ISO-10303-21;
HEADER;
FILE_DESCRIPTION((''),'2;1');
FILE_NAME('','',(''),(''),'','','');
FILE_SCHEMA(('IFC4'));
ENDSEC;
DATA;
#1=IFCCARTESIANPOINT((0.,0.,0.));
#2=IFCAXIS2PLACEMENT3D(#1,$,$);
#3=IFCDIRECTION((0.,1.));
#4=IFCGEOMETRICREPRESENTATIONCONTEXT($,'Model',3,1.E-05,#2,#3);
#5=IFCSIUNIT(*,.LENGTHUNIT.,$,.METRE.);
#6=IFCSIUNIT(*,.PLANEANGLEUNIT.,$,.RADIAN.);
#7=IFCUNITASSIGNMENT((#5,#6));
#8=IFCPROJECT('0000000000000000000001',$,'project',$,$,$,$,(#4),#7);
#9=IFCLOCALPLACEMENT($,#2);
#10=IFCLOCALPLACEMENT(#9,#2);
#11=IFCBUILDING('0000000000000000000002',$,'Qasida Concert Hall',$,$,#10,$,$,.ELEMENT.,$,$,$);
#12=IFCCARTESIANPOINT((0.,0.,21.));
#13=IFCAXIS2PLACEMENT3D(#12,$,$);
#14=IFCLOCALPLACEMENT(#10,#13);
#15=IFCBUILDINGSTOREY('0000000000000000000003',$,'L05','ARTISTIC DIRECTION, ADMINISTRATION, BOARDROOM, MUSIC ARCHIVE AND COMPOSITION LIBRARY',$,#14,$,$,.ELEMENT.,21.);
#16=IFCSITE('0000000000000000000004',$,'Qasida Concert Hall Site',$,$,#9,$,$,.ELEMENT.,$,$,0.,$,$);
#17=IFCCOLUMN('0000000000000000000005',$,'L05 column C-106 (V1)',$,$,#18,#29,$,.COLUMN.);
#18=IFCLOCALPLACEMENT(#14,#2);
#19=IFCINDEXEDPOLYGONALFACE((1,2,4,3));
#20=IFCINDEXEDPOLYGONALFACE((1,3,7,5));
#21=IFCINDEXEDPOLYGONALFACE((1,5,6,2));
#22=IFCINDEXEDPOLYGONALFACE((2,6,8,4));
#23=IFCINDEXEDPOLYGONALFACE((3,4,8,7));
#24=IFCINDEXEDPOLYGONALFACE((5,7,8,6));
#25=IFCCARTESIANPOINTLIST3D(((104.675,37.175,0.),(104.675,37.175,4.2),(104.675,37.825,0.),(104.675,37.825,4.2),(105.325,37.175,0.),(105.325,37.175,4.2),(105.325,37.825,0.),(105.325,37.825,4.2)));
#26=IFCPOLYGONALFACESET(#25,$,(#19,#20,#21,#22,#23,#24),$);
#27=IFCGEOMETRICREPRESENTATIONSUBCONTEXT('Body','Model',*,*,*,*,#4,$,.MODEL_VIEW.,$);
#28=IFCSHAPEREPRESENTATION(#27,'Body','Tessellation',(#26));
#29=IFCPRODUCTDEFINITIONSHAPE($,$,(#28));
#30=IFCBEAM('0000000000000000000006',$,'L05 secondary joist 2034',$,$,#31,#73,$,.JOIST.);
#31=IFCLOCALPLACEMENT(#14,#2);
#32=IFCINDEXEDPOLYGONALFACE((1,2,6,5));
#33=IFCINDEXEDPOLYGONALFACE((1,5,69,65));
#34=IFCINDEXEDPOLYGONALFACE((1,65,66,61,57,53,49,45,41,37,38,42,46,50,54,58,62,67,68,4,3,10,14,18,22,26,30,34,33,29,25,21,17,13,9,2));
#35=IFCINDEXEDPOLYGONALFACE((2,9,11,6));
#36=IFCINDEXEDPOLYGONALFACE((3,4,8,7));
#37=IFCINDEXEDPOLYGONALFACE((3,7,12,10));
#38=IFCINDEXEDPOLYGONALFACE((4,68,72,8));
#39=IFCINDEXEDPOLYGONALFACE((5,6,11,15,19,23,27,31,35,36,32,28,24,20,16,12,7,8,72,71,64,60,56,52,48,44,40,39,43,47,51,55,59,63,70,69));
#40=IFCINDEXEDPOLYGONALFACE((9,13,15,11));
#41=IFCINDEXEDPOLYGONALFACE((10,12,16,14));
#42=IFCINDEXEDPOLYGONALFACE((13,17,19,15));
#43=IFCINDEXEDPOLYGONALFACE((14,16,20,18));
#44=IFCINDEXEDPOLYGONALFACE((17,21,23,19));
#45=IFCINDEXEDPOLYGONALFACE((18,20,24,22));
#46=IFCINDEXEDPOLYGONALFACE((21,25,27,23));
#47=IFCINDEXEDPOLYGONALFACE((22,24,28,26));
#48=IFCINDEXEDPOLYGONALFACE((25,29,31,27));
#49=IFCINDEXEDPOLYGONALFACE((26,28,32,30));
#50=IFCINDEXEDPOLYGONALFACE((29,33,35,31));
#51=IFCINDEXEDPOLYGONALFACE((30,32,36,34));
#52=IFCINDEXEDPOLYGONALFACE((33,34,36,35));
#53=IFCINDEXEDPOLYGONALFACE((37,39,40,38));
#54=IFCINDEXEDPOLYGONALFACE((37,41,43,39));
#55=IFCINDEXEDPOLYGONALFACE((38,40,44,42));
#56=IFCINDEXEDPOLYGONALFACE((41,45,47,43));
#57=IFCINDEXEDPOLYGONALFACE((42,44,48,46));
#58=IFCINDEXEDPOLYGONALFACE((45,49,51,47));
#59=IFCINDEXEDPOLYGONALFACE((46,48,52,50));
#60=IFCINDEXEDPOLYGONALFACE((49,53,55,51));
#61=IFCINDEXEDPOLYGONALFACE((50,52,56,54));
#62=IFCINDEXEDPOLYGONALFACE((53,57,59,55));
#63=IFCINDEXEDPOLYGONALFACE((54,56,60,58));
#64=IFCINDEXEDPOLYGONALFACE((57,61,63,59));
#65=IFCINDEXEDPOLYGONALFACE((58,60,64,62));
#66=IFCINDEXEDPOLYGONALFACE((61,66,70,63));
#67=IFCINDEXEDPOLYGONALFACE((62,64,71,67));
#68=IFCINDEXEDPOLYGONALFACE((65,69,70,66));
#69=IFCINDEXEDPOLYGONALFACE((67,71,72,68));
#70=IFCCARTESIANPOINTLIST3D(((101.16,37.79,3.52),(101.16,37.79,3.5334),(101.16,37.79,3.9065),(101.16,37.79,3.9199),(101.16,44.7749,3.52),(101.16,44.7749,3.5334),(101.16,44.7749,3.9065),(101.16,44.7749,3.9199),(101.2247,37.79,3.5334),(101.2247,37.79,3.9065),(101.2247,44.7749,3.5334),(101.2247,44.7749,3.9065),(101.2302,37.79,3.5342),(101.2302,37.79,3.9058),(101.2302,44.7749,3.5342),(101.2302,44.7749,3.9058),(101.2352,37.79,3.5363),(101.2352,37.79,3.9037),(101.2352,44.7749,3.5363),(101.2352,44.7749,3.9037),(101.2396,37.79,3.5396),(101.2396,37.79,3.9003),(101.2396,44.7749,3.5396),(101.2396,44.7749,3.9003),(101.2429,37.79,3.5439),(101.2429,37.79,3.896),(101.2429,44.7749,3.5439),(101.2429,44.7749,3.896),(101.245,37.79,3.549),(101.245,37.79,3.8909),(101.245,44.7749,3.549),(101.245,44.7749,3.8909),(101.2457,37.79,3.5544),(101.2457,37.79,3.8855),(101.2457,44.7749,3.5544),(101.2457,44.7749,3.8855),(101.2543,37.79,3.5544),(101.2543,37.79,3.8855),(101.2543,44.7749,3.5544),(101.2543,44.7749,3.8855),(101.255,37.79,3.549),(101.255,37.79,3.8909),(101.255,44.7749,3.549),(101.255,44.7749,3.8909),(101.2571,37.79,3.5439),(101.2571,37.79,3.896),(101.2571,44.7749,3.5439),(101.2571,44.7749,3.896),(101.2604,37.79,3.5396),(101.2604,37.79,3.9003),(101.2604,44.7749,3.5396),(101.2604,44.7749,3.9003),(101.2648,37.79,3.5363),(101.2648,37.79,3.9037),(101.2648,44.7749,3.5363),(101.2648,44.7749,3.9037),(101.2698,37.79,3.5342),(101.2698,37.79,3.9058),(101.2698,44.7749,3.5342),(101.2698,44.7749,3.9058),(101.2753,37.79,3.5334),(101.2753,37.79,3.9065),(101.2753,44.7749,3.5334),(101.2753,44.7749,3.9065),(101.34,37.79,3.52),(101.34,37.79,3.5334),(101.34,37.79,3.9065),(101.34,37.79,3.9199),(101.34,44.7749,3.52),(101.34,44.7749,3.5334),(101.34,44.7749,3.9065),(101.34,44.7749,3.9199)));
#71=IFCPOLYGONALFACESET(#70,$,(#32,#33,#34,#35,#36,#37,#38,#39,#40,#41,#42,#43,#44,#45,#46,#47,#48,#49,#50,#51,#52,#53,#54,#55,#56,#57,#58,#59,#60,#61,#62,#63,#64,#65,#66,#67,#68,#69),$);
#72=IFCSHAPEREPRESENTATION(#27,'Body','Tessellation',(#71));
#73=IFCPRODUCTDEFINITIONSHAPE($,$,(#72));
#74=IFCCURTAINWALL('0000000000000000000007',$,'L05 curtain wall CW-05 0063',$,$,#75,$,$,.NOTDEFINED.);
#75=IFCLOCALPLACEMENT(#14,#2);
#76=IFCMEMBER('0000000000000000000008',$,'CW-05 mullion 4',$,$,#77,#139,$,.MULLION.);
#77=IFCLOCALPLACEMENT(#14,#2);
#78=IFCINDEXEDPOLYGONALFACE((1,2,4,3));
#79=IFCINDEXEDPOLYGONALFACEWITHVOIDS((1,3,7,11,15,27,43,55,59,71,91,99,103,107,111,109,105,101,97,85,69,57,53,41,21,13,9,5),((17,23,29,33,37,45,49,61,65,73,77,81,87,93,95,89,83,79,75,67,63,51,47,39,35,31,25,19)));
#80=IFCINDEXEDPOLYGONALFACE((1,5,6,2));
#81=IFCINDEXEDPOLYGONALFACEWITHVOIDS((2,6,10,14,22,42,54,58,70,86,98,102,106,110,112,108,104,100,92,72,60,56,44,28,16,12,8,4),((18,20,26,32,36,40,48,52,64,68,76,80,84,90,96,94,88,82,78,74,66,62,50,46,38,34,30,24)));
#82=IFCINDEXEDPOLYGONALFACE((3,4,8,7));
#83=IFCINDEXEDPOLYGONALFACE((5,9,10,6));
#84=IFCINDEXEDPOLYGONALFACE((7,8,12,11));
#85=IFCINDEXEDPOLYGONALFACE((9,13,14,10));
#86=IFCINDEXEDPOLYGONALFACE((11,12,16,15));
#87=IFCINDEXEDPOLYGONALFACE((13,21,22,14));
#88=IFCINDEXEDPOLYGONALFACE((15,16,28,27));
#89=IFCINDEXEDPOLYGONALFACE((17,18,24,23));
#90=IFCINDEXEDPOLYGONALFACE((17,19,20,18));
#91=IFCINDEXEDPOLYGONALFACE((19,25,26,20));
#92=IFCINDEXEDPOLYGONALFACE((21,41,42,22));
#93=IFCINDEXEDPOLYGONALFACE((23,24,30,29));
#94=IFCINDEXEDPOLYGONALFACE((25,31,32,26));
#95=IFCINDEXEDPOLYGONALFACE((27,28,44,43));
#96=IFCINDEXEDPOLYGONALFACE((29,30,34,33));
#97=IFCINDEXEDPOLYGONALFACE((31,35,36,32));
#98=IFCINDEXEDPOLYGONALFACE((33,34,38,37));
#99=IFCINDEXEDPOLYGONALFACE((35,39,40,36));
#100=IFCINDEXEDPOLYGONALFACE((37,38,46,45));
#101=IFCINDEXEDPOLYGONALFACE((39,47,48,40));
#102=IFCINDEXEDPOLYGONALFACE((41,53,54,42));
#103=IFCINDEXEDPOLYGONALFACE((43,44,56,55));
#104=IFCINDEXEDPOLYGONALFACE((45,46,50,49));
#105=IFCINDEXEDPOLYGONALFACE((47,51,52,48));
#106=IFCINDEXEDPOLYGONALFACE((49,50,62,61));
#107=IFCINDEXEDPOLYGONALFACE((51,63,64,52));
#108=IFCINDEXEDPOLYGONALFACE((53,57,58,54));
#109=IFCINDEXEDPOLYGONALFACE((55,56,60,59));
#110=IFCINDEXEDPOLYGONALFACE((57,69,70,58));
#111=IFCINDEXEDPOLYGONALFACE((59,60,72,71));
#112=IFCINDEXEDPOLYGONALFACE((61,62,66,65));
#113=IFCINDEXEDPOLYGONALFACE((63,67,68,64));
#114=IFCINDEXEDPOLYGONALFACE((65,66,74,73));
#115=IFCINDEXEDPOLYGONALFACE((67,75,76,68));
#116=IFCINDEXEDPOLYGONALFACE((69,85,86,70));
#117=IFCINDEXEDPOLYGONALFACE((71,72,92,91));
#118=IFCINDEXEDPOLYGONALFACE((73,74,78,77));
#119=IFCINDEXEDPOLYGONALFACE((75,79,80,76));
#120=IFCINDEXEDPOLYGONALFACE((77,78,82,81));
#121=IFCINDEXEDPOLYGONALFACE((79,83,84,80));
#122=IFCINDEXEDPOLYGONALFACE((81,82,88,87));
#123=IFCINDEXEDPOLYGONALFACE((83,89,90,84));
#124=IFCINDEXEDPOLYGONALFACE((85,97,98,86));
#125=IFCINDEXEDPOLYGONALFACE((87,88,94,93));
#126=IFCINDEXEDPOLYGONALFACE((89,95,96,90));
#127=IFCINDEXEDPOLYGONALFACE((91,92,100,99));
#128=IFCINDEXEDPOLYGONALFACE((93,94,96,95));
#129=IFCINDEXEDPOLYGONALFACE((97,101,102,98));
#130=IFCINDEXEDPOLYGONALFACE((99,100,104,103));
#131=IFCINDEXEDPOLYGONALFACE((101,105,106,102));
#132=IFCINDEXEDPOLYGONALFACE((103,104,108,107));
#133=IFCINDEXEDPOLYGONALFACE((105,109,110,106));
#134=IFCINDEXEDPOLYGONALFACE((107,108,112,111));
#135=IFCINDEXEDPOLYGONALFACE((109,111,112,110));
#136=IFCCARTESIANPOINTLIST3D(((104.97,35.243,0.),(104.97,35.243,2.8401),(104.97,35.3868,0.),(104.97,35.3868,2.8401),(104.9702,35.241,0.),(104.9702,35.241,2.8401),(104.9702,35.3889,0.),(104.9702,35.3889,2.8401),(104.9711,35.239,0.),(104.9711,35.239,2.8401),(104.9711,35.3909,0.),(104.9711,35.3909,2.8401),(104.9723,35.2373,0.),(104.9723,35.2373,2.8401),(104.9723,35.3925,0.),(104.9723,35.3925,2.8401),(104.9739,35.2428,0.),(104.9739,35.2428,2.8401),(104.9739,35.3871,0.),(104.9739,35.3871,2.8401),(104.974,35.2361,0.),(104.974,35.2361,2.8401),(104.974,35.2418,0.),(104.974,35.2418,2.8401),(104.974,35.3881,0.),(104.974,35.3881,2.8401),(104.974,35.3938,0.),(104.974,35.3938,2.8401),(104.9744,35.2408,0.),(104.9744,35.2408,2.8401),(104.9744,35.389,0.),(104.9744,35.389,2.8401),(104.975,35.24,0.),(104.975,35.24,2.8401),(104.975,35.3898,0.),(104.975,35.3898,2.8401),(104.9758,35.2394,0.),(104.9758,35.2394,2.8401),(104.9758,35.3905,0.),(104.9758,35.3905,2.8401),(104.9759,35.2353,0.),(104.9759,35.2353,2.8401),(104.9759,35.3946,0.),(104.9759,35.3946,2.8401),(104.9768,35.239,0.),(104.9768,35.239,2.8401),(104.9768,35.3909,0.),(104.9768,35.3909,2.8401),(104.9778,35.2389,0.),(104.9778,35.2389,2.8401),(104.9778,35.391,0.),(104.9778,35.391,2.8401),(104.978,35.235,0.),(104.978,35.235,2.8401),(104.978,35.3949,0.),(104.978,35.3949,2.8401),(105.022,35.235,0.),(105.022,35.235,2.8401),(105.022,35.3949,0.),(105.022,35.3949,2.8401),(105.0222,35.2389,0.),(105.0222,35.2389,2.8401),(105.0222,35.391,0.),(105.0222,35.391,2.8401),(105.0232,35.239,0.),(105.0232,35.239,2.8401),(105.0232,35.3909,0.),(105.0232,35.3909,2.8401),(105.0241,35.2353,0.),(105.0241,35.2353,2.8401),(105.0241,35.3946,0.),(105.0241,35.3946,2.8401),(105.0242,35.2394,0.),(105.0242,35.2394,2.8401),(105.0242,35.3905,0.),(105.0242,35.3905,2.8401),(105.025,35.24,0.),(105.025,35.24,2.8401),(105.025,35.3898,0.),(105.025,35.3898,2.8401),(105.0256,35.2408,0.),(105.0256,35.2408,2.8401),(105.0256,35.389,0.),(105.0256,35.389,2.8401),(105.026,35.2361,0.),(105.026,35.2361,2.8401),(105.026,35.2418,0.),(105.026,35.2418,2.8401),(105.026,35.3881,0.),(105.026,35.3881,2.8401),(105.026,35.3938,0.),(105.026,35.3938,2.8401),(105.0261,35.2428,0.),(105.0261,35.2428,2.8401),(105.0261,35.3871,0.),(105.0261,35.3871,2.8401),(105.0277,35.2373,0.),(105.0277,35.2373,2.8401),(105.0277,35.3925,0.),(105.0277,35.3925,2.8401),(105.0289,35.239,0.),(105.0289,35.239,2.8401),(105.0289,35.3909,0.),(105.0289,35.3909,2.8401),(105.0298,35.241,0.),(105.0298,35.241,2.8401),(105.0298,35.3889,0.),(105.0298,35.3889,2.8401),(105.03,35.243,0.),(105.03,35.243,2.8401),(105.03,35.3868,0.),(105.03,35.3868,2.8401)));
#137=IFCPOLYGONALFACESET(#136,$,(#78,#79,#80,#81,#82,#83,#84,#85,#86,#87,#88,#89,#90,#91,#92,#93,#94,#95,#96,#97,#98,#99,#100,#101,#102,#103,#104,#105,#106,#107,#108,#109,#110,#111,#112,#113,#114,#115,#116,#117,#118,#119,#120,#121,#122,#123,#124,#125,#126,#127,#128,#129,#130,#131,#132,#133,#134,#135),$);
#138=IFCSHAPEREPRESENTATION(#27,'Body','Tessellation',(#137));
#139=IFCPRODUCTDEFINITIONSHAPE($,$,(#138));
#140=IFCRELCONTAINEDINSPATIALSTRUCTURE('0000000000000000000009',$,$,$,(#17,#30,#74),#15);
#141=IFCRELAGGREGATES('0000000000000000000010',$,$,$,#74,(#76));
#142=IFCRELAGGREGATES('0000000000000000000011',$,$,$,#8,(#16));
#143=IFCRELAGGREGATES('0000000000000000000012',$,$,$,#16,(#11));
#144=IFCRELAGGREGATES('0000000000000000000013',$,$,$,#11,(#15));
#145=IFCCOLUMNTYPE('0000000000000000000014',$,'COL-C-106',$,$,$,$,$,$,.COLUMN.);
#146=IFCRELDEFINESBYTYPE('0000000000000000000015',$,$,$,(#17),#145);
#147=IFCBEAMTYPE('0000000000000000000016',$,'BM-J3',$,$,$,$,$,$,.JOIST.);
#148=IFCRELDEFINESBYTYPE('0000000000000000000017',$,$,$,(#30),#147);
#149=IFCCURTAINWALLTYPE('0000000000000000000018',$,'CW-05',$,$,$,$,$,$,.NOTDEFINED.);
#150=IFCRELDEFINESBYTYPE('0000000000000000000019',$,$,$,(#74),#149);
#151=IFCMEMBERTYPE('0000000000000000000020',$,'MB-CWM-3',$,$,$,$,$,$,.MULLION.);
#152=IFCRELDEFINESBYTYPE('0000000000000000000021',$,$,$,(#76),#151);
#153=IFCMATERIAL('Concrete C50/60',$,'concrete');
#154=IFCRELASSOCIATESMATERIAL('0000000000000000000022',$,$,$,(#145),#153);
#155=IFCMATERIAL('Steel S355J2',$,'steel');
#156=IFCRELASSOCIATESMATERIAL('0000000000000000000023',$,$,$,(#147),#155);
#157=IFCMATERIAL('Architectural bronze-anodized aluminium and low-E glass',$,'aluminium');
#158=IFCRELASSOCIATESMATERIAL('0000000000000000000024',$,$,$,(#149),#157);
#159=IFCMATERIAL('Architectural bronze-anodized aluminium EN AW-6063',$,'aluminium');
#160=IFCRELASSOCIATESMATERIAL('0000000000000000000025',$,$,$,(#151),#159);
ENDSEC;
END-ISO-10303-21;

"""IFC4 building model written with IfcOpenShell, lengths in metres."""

from ifc_helpers import new_model, si_unit, direction, frame, origin, origin_2d, place, context, subcontext, project, spatial, rectangle, hollow_rectangle, i_section, extrude, material, material_profile, profile_set, type_object, element, aggregate, save


model = new_model("IFC4")

# Units and contexts
model_context = context("Model", 3, precision=1e-05, world=origin(), true_north=direction((0.0, 1.0)))
body_context = subcontext(model_context, "Body", "Model", "MODEL_VIEW")
ifc_project = project(units=[si_unit("LENGTHUNIT", "METRE"), si_unit("PLANEANGLEUNIT", "RADIAN")], contexts=[model_context])

# Site, building, storey
site_placement = place(None, origin())
site = spatial("IfcSite", under=ifc_project, at=site_placement, Name="Qasida Concert Hall Site", CompositionType="ELEMENT", RefElevation=0.0)
building_placement = place(site_placement, origin())
building = spatial("IfcBuilding", under=site, at=building_placement, Name="Qasida Concert Hall", CompositionType="ELEMENT")
storey_placement = place(building_placement, frame((0.0, 0.0, 21.0)))
storey = spatial("IfcBuildingStorey", under=building, at=storey_placement, Name="L05", Description="ARTISTIC DIRECTION, ADMINISTRATION, BOARDROOM, MUSIC ARCHIVE AND COMPOSITION LIBRARY", CompositionType="ELEMENT", Elevation=21.0)

# Column
ifc_material_1 = material(Name="Concrete C50/60", Category="concrete")
ifc_material_profile_1 = material_profile(ifc_material_1, rectangle(XDim=0.6499, YDim=0.6499, at=origin_2d()), Name="RC 650x650")
ifc_profile_set_1 = profile_set([ifc_material_profile_1], Name="Concrete C50/60")
column_type = type_object("IfcColumnType", Name="COL-C-106", PredefinedType="COLUMN", material=ifc_profile_set_1)
column_placement = place(storey_placement, frame((105.0, 37.5, 0.0), z_axis=(0.0, 0.0, 1.0), x_axis=(1.0, 0.0, 0.0)))
element("IfcColumn", 1, at=column_placement, inside=storey, type_object=column_type, Name="L05 column C-106 (V1)", PredefinedType="COLUMN", context=body_context, shape_type="SweptSolid", body=[
    extrude(rectangle(XDim=0.6499, YDim=0.6499, at=origin_2d()), origin(), (0.0, 0.0, 1.0), 4.2),
])

# Beam
ifc_material_2 = material(Name="Steel S355J2", Category="steel")
ifc_material_profile_2 = material_profile(ifc_material_2, i_section(OverallWidth=0.1799, OverallDepth=0.3999, WebThickness=0.0085, FlangeThickness=0.0134, FilletRadius=0.021, at=origin_2d()), Name="IPE 400")
ifc_profile_set_2 = profile_set([ifc_material_profile_2], Name="Steel S355J2")
beam_type = type_object("IfcBeamType", Name="BM-J3", PredefinedType="JOIST", material=ifc_profile_set_2)
beam_placement = place(storey_placement, frame((101.25, 37.79, 3.72), z_axis=(0.0, 1.0, 0.0), x_axis=(-1.0, 0.0, 0.0)))
element("IfcBeam", 2, at=beam_placement, inside=storey, type_object=beam_type, Name="L05 secondary joist 2034", PredefinedType="JOIST", context=body_context, shape_type="SweptSolid", body=[
    extrude(i_section(OverallWidth=0.1799, OverallDepth=0.3999, WebThickness=0.0085, FlangeThickness=0.0134, FilletRadius=0.021, at=origin_2d()), origin(), (0.0, 0.0, 1.0), 6.9849),
])

# Curtain wall, member
ifc_material_3 = material(Name="Architectural bronze-anodized aluminium and low-E glass", Category="aluminium")
curtain_wall_type = type_object("IfcCurtainWallType", Name="CW-05", PredefinedType="NOTDEFINED", material=ifc_material_3)
curtain_wall_1_placement = place(storey_placement, origin())
curtain_wall_1 = element("IfcCurtainWall", 3, at=curtain_wall_1_placement, inside=storey, type_object=curtain_wall_type, Name="L05 curtain wall CW-05 0063", PredefinedType="NOTDEFINED")
ifc_material_4 = material(Name="Architectural bronze-anodized aluminium EN AW-6063", Category="aluminium")
ifc_material_profile_3 = material_profile(ifc_material_4, hollow_rectangle(XDim=0.0601, YDim=0.1599, WallThickness=0.0039, InnerFilletRadius=0.0039, OuterFilletRadius=0.0081, at=origin_2d()), Name="CWM 160x60x4")
ifc_profile_set_3 = profile_set([ifc_material_profile_3], Name="Architectural bronze-anodized aluminium EN AW-6063")
member_type_1 = type_object("IfcMemberType", Name="MB-CWM-3", PredefinedType="MULLION", material=ifc_profile_set_3)
member_1_placement = place(storey_placement, frame((105.0, 35.3149, 0.0), z_axis=(0.0, 0.0, 1.0), x_axis=(-1.0, 0.0, 0.0)))
member_1 = element("IfcMember", 4, at=member_1_placement, type_object=member_type_1, Name="CW-05 mullion 4", PredefinedType="MULLION", context=body_context, shape_type="SweptSolid", body=[
    extrude(hollow_rectangle(XDim=0.0601, YDim=0.1599, WallThickness=0.0039, InnerFilletRadius=0.0039, OuterFilletRadius=0.0081, at=origin_2d()), origin(), (0.0, 0.0, 1.0), 2.8401),
])

aggregate(curtain_wall_1, [member_1])

save(model, "model.ifc")
